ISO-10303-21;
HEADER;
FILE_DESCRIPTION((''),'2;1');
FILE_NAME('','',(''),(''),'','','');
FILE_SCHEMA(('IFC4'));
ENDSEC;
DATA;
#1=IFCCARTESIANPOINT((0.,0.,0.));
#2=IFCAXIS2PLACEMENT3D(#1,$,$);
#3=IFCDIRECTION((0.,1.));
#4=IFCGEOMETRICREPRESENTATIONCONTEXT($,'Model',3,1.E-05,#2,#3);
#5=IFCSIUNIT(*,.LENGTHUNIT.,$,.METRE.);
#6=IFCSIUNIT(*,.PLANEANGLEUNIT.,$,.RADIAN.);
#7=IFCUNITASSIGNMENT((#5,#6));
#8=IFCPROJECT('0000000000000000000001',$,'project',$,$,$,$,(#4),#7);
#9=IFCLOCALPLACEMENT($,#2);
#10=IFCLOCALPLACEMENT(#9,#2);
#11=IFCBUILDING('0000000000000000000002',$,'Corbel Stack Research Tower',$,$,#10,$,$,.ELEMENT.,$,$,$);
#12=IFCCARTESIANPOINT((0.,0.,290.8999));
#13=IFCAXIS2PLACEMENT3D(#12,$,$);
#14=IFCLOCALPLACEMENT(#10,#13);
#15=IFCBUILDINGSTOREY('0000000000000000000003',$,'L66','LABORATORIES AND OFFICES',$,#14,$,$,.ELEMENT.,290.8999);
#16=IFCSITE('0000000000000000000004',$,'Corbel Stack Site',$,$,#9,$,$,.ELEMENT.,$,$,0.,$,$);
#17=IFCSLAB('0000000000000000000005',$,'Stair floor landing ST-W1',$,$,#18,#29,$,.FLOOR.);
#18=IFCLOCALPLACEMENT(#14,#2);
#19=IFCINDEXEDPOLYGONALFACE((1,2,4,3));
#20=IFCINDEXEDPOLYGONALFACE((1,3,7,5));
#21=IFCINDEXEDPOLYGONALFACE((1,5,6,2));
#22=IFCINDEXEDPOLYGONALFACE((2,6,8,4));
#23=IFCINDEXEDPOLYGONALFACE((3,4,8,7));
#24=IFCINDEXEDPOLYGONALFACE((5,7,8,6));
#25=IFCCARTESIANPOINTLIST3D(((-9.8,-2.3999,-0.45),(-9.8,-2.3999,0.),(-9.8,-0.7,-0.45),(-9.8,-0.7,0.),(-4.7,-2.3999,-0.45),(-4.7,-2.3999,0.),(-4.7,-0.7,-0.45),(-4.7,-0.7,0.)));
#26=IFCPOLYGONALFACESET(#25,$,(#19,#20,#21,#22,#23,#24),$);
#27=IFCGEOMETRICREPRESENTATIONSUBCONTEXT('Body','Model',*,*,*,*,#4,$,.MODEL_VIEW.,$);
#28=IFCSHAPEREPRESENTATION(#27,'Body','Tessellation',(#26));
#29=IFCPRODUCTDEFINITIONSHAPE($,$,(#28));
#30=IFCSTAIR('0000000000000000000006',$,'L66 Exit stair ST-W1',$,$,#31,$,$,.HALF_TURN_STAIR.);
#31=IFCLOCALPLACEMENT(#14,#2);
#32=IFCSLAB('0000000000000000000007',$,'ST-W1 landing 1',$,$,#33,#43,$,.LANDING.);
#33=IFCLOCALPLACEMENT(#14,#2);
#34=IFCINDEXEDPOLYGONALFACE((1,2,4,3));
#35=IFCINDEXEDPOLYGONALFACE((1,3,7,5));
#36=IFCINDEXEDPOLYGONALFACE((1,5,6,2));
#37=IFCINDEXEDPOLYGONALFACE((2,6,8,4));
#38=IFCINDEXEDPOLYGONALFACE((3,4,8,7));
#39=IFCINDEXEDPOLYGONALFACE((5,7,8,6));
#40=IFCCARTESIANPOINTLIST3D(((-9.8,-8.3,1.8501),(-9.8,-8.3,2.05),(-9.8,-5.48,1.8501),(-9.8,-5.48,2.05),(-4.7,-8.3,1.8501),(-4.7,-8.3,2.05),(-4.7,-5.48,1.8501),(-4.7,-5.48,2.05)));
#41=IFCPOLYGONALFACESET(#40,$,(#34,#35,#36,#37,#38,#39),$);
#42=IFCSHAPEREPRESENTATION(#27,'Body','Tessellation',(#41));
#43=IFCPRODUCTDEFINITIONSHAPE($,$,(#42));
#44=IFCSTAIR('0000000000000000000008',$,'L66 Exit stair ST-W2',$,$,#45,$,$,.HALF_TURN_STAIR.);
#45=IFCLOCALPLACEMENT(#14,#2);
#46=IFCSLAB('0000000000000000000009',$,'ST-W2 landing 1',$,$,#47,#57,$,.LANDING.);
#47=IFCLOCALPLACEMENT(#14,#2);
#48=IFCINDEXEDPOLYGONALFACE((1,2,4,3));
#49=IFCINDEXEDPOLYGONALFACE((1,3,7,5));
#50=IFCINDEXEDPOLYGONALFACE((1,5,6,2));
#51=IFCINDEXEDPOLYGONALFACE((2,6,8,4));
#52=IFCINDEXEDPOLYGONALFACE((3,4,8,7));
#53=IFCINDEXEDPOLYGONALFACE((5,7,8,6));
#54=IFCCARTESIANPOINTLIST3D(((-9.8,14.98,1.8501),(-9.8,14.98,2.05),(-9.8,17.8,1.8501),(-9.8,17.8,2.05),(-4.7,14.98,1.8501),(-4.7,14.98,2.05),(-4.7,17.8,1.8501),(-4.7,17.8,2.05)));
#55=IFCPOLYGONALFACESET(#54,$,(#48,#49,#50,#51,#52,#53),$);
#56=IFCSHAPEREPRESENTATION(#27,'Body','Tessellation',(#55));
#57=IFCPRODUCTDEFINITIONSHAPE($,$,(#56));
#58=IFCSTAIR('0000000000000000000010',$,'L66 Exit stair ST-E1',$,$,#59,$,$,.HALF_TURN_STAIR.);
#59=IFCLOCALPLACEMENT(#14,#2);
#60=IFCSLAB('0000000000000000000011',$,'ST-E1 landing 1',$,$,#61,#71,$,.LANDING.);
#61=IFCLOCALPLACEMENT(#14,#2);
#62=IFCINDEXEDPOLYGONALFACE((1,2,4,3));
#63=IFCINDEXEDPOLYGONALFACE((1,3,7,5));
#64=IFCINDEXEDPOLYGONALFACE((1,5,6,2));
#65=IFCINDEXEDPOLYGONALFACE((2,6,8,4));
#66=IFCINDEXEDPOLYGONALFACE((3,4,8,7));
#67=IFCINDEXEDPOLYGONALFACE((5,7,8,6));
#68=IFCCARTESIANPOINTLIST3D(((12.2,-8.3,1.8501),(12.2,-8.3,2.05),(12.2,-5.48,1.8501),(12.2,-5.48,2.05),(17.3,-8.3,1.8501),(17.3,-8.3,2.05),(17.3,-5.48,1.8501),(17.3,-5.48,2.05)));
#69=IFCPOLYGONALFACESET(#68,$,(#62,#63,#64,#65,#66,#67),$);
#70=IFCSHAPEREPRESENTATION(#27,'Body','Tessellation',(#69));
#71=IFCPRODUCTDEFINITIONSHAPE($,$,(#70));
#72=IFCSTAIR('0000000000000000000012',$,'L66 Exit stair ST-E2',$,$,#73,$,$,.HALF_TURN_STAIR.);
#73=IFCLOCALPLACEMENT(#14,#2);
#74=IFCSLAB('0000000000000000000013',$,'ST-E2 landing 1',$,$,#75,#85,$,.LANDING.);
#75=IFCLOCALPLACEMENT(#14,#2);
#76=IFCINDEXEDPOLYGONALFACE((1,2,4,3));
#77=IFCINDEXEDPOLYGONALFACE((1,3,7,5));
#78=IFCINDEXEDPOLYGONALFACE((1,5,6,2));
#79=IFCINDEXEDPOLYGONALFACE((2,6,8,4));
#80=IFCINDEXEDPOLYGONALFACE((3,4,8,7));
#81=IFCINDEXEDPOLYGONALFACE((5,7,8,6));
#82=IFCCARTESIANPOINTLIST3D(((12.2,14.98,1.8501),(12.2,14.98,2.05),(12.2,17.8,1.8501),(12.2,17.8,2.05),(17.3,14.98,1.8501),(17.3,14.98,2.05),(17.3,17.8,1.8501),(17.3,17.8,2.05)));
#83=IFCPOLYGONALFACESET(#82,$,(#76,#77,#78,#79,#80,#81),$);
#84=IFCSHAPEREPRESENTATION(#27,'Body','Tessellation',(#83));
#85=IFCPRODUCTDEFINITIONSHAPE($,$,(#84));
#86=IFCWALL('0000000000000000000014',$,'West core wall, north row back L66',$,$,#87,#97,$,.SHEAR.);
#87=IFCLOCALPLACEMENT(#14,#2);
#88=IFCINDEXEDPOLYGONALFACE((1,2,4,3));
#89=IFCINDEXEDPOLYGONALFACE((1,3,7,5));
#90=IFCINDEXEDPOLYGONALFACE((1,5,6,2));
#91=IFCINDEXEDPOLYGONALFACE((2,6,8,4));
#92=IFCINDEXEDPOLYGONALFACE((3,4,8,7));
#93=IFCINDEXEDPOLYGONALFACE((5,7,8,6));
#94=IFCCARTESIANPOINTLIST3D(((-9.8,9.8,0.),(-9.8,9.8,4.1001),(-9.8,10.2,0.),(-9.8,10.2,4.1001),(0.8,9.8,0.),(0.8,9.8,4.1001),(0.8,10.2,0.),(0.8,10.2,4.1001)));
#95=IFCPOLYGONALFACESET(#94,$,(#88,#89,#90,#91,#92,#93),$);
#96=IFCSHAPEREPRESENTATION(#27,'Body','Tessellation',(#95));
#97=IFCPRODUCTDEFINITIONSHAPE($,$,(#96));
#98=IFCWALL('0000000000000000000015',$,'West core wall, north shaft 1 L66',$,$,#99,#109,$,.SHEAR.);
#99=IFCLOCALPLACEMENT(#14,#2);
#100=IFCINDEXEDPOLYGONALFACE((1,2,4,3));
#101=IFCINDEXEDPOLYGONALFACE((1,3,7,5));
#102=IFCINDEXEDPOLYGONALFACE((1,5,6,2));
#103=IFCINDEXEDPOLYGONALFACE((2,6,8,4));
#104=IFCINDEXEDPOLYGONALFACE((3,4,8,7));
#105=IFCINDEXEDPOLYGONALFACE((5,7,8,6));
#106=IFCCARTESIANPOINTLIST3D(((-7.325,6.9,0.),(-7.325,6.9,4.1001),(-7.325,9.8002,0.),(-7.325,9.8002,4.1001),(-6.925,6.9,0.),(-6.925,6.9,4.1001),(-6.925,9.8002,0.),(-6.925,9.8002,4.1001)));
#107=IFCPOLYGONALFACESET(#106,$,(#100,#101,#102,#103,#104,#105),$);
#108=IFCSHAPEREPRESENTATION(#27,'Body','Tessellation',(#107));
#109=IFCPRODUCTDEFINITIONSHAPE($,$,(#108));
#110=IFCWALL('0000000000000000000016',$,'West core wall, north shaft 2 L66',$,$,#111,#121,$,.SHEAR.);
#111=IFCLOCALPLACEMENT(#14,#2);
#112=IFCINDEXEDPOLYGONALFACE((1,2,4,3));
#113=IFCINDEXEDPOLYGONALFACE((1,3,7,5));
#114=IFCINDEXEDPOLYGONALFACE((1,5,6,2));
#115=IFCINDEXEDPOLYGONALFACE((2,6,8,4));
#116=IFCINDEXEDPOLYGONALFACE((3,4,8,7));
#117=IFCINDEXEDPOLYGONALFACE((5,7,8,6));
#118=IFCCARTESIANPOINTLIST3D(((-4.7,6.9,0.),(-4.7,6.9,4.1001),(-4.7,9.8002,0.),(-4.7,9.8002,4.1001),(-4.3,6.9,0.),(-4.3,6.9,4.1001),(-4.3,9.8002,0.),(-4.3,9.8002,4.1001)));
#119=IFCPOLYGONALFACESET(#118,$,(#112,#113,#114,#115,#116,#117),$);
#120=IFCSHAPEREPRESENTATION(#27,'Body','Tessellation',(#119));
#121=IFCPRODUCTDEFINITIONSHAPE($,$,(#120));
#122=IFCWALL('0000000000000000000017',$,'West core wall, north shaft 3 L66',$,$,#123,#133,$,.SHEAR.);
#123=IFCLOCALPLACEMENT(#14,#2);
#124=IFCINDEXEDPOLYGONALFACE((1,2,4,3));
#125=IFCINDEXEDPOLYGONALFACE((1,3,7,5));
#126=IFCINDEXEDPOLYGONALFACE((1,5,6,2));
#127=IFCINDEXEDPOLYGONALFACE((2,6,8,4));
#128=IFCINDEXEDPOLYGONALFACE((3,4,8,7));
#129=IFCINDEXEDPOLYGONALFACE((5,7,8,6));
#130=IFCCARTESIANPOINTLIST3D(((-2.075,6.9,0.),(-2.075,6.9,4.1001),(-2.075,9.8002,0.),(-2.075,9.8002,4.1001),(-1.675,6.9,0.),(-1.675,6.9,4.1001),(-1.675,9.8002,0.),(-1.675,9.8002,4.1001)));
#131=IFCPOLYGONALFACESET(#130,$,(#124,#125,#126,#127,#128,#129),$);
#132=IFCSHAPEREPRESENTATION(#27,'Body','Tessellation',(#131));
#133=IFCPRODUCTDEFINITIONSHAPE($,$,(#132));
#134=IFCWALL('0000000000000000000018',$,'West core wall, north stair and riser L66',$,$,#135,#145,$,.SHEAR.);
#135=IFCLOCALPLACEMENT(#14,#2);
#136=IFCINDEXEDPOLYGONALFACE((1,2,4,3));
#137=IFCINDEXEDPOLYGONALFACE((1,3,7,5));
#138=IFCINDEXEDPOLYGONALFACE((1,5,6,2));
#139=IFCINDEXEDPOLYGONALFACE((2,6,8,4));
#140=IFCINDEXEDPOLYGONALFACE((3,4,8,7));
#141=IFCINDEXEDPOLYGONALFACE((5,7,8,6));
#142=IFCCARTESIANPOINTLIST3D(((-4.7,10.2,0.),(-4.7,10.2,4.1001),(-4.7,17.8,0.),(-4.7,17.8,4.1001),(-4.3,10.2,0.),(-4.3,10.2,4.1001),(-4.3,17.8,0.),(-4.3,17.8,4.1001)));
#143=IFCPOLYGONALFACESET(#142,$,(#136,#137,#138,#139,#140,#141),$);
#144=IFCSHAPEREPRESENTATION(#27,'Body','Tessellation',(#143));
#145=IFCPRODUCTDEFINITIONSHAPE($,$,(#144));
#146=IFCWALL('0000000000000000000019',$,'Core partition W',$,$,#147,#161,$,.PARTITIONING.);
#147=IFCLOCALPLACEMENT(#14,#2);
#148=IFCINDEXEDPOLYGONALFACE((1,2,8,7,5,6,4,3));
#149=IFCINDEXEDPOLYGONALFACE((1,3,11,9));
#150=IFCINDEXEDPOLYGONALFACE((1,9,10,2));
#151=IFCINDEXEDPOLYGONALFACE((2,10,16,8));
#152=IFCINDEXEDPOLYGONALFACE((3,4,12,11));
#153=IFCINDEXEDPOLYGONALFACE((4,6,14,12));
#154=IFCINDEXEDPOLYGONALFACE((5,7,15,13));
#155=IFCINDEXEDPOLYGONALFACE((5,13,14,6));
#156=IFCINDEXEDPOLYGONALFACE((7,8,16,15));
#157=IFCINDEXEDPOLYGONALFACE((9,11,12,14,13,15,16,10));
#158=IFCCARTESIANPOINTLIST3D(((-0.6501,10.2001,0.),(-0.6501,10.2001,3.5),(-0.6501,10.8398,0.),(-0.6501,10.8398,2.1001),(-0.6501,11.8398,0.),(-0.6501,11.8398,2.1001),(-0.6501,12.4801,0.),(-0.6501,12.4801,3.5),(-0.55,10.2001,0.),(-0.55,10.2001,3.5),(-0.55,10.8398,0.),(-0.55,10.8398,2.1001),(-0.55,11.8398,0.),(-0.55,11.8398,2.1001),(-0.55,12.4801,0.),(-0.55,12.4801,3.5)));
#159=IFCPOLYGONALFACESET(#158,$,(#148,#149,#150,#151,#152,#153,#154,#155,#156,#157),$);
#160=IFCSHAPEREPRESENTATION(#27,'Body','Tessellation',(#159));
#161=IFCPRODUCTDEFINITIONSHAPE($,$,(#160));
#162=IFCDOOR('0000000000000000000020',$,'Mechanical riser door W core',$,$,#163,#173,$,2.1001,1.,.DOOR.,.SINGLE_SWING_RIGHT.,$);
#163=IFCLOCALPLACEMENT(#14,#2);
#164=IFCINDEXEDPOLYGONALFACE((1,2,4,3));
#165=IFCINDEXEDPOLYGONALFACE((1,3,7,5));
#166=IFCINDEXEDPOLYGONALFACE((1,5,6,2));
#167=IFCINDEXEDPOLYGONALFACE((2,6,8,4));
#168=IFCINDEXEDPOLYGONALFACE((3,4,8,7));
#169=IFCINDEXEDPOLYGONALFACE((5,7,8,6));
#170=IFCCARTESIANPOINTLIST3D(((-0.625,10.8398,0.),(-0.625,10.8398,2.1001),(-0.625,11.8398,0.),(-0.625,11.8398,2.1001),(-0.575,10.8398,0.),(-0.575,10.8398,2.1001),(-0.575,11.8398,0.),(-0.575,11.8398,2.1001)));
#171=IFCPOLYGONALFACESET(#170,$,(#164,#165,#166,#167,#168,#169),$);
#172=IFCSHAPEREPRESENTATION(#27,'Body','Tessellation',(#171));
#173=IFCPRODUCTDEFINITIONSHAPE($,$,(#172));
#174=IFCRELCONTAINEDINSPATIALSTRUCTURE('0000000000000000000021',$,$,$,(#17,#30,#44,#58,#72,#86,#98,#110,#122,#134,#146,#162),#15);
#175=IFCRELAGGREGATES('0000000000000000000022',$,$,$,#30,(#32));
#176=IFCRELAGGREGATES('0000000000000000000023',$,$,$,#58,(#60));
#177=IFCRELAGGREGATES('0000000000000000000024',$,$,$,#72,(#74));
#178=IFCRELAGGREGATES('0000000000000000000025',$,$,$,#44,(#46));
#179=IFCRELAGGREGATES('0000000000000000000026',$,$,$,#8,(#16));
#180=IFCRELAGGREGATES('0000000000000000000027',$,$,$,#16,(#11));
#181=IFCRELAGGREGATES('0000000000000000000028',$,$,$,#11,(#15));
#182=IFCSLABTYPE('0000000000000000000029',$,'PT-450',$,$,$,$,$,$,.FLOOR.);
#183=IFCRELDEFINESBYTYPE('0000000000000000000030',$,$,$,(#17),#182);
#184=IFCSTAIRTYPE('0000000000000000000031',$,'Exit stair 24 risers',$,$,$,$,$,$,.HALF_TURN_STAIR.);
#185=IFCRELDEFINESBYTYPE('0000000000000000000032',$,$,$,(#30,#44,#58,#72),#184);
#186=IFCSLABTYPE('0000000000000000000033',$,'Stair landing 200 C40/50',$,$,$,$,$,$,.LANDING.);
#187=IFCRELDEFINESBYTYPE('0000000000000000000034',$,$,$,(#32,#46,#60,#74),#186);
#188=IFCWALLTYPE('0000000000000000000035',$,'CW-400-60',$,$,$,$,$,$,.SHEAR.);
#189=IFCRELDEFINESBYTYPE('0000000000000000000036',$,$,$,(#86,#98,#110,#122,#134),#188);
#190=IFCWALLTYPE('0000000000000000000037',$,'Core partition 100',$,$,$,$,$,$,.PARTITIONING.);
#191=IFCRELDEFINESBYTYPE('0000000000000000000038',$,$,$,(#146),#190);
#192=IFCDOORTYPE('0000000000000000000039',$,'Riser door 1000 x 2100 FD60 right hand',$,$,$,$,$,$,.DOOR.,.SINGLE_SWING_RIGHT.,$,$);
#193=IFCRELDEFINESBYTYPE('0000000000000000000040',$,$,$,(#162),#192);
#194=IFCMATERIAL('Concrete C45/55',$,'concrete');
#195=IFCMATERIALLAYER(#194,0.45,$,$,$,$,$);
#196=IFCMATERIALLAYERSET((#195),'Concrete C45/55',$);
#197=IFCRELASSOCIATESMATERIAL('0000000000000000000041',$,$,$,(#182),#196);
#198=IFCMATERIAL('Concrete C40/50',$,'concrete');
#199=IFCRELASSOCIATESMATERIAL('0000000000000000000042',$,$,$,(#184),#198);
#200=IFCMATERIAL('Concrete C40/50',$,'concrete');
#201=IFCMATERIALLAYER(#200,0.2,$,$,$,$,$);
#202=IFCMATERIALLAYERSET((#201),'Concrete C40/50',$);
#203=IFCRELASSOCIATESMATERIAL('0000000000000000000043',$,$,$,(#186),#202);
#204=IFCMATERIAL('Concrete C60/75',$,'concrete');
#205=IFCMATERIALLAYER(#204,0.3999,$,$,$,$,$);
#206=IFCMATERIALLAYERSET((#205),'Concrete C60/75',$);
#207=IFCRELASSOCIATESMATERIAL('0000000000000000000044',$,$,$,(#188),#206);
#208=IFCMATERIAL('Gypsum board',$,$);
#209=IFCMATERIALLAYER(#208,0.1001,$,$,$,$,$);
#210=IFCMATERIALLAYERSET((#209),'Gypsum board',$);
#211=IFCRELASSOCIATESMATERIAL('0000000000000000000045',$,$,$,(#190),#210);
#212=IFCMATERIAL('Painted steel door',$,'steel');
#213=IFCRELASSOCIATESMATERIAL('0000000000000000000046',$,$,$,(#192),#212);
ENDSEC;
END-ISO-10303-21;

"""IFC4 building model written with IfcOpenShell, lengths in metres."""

from ifc_helpers import new_model, si_unit, direction, frame, frame_2d, origin, place, context, subcontext, project, spatial, polyline, rectangle, outline, extrude, material, layer, layer_set, type_object, element, fill, aggregate, save


model = new_model("IFC4")

# Units and contexts
model_context = context("Model", 3, precision=1e-05, world=origin(), true_north=direction((0.0, 1.0)))
body_context = subcontext(model_context, "Body", "Model", "MODEL_VIEW")
ifc_project = project(units=[si_unit("LENGTHUNIT", "METRE"), si_unit("PLANEANGLEUNIT", "RADIAN")], contexts=[model_context])

# Site, building, storey
site_placement = place(None, origin())
site = spatial("IfcSite", under=ifc_project, at=site_placement, Name="Corbel Stack Site", CompositionType="ELEMENT", RefElevation=0.0)
building_placement = place(site_placement, origin())
building = spatial("IfcBuilding", under=site, at=building_placement, Name="Corbel Stack Research Tower", CompositionType="ELEMENT")
storey_placement = place(building_placement, frame((0.0, 0.0, 290.8999)))
storey = spatial("IfcBuildingStorey", under=building, at=storey_placement, Name="L66", Description="LABORATORIES AND OFFICES", CompositionType="ELEMENT", Elevation=290.8999)

# Slab
ifc_material_1 = material(Name="Concrete C45/55", Category="concrete")
ifc_layer_1 = layer(ifc_material_1, 0.45)
ifc_layer_set_1 = layer_set([ifc_layer_1], Name="Concrete C45/55")
slab_type_1 = type_object("IfcSlabType", Name="PT-450", PredefinedType="FLOOR", material=ifc_layer_set_1)
slab_1_placement = place(storey_placement, frame((0.0, 0.0, -0.45)))
element("IfcSlab", 1, at=slab_1_placement, inside=storey, type_object=slab_type_1, Name="Stair floor landing ST-W1", PredefinedType="FLOOR", context=body_context, shape_type="SweptSolid", body=[
    extrude(outline(polyline([(-9.8, -2.3999), (-4.7, -2.3999), (-4.7, -0.7), (-9.8, -0.7), (-9.8, -2.3999)])), origin(), (0.0, 0.0, 1.0), 0.45),
])

# Stairs, slabs
ifc_material_2 = material(Name="Concrete C40/50", Category="concrete")
stair_type = type_object("IfcStairType", Name="Exit stair 24 risers", PredefinedType="HALF_TURN_STAIR", material=ifc_material_2)
stair_1_placement = place(storey_placement, origin())
stair_1 = element("IfcStair", 2, at=stair_1_placement, inside=storey, type_object=stair_type, Name="L66 Exit stair ST-W1", PredefinedType="HALF_TURN_STAIR")
ifc_material_3 = material(Name="Concrete C40/50", Category="concrete")
ifc_layer_2 = layer(ifc_material_3, 0.2)
ifc_layer_set_2 = layer_set([ifc_layer_2], Name="Concrete C40/50")
slab_type_2 = type_object("IfcSlabType", Name="Stair landing 200 C40/50", PredefinedType="LANDING", material=ifc_layer_set_2)
slab_2_placement = place(storey_placement, frame((0.0, 0.0, 1.8501)))
slab_2 = element("IfcSlab", 3, at=slab_2_placement, type_object=slab_type_2, Name="ST-W1 landing 1", PredefinedType="LANDING", context=body_context, shape_type="SweptSolid", body=[
    extrude(outline(polyline([(-9.8, -8.3), (-9.8, -5.48), (-4.7, -5.48), (-4.7, -8.3), (-9.8, -8.3)])), origin(), (0.0, 0.0, 1.0), 0.2),
])
aggregate(stair_1, [slab_2])
stair_2_placement = place(storey_placement, origin())
stair_2 = element("IfcStair", 4, at=stair_2_placement, inside=storey, type_object=stair_type, Name="L66 Exit stair ST-W2", PredefinedType="HALF_TURN_STAIR")
slab_3_placement = place(storey_placement, frame((0.0, 0.0, 1.8501)))
slab_3 = element("IfcSlab", 5, at=slab_3_placement, type_object=slab_type_2, Name="ST-W2 landing 1", PredefinedType="LANDING", context=body_context, shape_type="SweptSolid", body=[
    extrude(outline(polyline([(-9.8, 14.98), (-9.8, 17.8), (-4.7, 17.8), (-4.7, 14.98), (-9.8, 14.98)])), origin(), (0.0, 0.0, 1.0), 0.2),
])
stair_3_placement = place(storey_placement, origin())
stair_3 = element("IfcStair", 6, at=stair_3_placement, inside=storey, type_object=stair_type, Name="L66 Exit stair ST-E1", PredefinedType="HALF_TURN_STAIR")
slab_4_placement = place(storey_placement, frame((0.0, 0.0, 1.8501)))
slab_4 = element("IfcSlab", 7, at=slab_4_placement, type_object=slab_type_2, Name="ST-E1 landing 1", PredefinedType="LANDING", context=body_context, shape_type="SweptSolid", body=[
    extrude(outline(polyline([(12.2, -8.3), (12.2, -5.48), (17.3, -5.48), (17.3, -8.3), (12.2, -8.3)])), origin(), (0.0, 0.0, 1.0), 0.2),
])
aggregate(stair_3, [slab_4])
stair_4_placement = place(storey_placement, origin())
stair_4 = element("IfcStair", 8, at=stair_4_placement, inside=storey, type_object=stair_type, Name="L66 Exit stair ST-E2", PredefinedType="HALF_TURN_STAIR")
slab_5_placement = place(storey_placement, frame((0.0, 0.0, 1.8501)))
slab_5 = element("IfcSlab", 9, at=slab_5_placement, type_object=slab_type_2, Name="ST-E2 landing 1", PredefinedType="LANDING", context=body_context, shape_type="SweptSolid", body=[
    extrude(outline(polyline([(12.2, 14.98), (12.2, 17.8), (17.3, 17.8), (17.3, 14.98), (12.2, 14.98)])), origin(), (0.0, 0.0, 1.0), 0.2),
])
aggregate(stair_4, [slab_5])

# Walls
ifc_material_4 = material(Name="Concrete C60/75", Category="concrete")
ifc_layer_3 = layer(ifc_material_4, 0.3999)
ifc_layer_set_3 = layer_set([ifc_layer_3], Name="Concrete C60/75")
wall_type_1 = type_object("IfcWallType", Name="CW-400-60", PredefinedType="SHEAR", material=ifc_layer_set_3)
wall_1_placement = place(storey_placement, frame((-9.8, 10.0, 0.0), z_axis=(0.0, 0.0, 1.0), x_axis=(1.0, 0.0, 0.0)))
element("IfcWall", 10, at=wall_1_placement, inside=storey, type_object=wall_type_1, Name="West core wall, north row back L66", PredefinedType="SHEAR", context=body_context, shape_type="SweptSolid", body=[
    extrude(rectangle(XDim=10.6001, YDim=0.3999, at=frame_2d((5.3, 0.0))), origin(), (0.0, 0.0, 1.0), 4.1001),
])
for number, where, z_axis, x_axis, name in (
    (11, (-7.125, 6.8999, 0.0), (0.0, 0.0, 1.0), (0.0, 1.0, 0.0), "West core wall, north shaft 1 L66"),
    (12, (-4.5, 6.8999, 0.0), (0.0, 0.0, 1.0), (0.0, 1.0, 0.0), "West core wall, north shaft 2 L66"),
    (13, (-1.875, 6.8999, 0.0), (0.0, 0.0, 1.0), (0.0, 1.0, 0.0), "West core wall, north shaft 3 L66"),
):
    element("IfcWall", number, at=place(storey_placement, frame(where, z_axis=z_axis, x_axis=x_axis)), inside=storey, type_object=wall_type_1, Name=name, PredefinedType="SHEAR", context=body_context, shape_type="SweptSolid", body=[
        extrude(rectangle(XDim=2.9001, YDim=0.3999, at=frame_2d((1.4502, 0.0))), origin(), (0.0, 0.0, 1.0), 4.1001),
    ])
wall_2_placement = place(storey_placement, frame((-4.5, 10.2, 0.0), z_axis=(0.0, 0.0, 1.0), x_axis=(0.0, 1.0, 0.0)))
element("IfcWall", 14, at=wall_2_placement, inside=storey, type_object=wall_type_1, Name="West core wall, north stair and riser L66", PredefinedType="SHEAR", context=body_context, shape_type="SweptSolid", body=[
    extrude(rectangle(XDim=7.6001, YDim=0.3999, at=frame_2d((3.8, 0.0))), origin(), (0.0, 0.0, 1.0), 4.1001),
])

# Wall, opening, door
ifc_material_5 = material(Name="Gypsum board")
ifc_layer_4 = layer(ifc_material_5, 0.1001)
ifc_layer_set_4 = layer_set([ifc_layer_4], Name="Gypsum board")
wall_type_2 = type_object("IfcWallType", Name="Core partition 100", PredefinedType="PARTITIONING", material=ifc_layer_set_4)
wall_3_placement = place(storey_placement, frame((-0.6001, 10.2, 0.0), z_axis=(0.0, 0.0, 1.0), x_axis=(0.0, 1.0, 0.0)))
wall_3 = element("IfcWall", 15, at=wall_3_placement, inside=storey, type_object=wall_type_2, Name="Core partition W", PredefinedType="PARTITIONING", context=body_context, shape_type="SweptSolid", body=[
    extrude(rectangle(XDim=2.28, YDim=0.1001, at=frame_2d((1.1401, 0.0))), origin(), (0.0, 0.0, 1.0), 3.5),
])
opening_1_placement = place(wall_3_placement, frame((0.6399, 0.0, 0.0)))
opening_1 = element("IfcOpeningElement", 16, at=opening_1_placement, cuts=wall_3, PredefinedType="OPENING", context=body_context, shape_type="SweptSolid", body=[
    extrude(rectangle(XDim=1.0, YDim=2.1001, at=frame_2d((0.5, 1.05))), frame((0.0, 0.0601, 0.0), z_axis=(0.0, -1.0, 0.0), x_axis=(1.0, 0.0, 0.0)), (0.0, 0.0, 1.0), 0.1201),
])
ifc_material_6 = material(Name="Painted steel door", Category="steel")
door_type_1 = type_object("IfcDoorType", Name="Riser door 1000 x 2100 FD60 right hand", OperationType="SINGLE_SWING_RIGHT", PredefinedType="DOOR", material=ifc_material_6)
door_1_placement = place(opening_1_placement, origin())
door_1 = element("IfcDoor", 17, at=door_1_placement, inside=storey, type_object=door_type_1, Name="Mechanical riser door W core", OperationType="SINGLE_SWING_RIGHT", OverallHeight=2.1001, OverallWidth=1.0, PredefinedType="DOOR", context=body_context, shape_type="SweptSolid", body=[
    extrude(rectangle(XDim=1.0, YDim=2.1001, at=frame_2d((0.5, 1.05))), frame((0.0, 0.0249, 0.0), z_axis=(0.0, -1.0, 0.0), x_axis=(1.0, 0.0, 0.0)), (0.0, 0.0, 1.0), 0.05),
])
fill(opening_1, door_1)

aggregate(stair_2, [slab_3])

save(model, "model.ifc")
